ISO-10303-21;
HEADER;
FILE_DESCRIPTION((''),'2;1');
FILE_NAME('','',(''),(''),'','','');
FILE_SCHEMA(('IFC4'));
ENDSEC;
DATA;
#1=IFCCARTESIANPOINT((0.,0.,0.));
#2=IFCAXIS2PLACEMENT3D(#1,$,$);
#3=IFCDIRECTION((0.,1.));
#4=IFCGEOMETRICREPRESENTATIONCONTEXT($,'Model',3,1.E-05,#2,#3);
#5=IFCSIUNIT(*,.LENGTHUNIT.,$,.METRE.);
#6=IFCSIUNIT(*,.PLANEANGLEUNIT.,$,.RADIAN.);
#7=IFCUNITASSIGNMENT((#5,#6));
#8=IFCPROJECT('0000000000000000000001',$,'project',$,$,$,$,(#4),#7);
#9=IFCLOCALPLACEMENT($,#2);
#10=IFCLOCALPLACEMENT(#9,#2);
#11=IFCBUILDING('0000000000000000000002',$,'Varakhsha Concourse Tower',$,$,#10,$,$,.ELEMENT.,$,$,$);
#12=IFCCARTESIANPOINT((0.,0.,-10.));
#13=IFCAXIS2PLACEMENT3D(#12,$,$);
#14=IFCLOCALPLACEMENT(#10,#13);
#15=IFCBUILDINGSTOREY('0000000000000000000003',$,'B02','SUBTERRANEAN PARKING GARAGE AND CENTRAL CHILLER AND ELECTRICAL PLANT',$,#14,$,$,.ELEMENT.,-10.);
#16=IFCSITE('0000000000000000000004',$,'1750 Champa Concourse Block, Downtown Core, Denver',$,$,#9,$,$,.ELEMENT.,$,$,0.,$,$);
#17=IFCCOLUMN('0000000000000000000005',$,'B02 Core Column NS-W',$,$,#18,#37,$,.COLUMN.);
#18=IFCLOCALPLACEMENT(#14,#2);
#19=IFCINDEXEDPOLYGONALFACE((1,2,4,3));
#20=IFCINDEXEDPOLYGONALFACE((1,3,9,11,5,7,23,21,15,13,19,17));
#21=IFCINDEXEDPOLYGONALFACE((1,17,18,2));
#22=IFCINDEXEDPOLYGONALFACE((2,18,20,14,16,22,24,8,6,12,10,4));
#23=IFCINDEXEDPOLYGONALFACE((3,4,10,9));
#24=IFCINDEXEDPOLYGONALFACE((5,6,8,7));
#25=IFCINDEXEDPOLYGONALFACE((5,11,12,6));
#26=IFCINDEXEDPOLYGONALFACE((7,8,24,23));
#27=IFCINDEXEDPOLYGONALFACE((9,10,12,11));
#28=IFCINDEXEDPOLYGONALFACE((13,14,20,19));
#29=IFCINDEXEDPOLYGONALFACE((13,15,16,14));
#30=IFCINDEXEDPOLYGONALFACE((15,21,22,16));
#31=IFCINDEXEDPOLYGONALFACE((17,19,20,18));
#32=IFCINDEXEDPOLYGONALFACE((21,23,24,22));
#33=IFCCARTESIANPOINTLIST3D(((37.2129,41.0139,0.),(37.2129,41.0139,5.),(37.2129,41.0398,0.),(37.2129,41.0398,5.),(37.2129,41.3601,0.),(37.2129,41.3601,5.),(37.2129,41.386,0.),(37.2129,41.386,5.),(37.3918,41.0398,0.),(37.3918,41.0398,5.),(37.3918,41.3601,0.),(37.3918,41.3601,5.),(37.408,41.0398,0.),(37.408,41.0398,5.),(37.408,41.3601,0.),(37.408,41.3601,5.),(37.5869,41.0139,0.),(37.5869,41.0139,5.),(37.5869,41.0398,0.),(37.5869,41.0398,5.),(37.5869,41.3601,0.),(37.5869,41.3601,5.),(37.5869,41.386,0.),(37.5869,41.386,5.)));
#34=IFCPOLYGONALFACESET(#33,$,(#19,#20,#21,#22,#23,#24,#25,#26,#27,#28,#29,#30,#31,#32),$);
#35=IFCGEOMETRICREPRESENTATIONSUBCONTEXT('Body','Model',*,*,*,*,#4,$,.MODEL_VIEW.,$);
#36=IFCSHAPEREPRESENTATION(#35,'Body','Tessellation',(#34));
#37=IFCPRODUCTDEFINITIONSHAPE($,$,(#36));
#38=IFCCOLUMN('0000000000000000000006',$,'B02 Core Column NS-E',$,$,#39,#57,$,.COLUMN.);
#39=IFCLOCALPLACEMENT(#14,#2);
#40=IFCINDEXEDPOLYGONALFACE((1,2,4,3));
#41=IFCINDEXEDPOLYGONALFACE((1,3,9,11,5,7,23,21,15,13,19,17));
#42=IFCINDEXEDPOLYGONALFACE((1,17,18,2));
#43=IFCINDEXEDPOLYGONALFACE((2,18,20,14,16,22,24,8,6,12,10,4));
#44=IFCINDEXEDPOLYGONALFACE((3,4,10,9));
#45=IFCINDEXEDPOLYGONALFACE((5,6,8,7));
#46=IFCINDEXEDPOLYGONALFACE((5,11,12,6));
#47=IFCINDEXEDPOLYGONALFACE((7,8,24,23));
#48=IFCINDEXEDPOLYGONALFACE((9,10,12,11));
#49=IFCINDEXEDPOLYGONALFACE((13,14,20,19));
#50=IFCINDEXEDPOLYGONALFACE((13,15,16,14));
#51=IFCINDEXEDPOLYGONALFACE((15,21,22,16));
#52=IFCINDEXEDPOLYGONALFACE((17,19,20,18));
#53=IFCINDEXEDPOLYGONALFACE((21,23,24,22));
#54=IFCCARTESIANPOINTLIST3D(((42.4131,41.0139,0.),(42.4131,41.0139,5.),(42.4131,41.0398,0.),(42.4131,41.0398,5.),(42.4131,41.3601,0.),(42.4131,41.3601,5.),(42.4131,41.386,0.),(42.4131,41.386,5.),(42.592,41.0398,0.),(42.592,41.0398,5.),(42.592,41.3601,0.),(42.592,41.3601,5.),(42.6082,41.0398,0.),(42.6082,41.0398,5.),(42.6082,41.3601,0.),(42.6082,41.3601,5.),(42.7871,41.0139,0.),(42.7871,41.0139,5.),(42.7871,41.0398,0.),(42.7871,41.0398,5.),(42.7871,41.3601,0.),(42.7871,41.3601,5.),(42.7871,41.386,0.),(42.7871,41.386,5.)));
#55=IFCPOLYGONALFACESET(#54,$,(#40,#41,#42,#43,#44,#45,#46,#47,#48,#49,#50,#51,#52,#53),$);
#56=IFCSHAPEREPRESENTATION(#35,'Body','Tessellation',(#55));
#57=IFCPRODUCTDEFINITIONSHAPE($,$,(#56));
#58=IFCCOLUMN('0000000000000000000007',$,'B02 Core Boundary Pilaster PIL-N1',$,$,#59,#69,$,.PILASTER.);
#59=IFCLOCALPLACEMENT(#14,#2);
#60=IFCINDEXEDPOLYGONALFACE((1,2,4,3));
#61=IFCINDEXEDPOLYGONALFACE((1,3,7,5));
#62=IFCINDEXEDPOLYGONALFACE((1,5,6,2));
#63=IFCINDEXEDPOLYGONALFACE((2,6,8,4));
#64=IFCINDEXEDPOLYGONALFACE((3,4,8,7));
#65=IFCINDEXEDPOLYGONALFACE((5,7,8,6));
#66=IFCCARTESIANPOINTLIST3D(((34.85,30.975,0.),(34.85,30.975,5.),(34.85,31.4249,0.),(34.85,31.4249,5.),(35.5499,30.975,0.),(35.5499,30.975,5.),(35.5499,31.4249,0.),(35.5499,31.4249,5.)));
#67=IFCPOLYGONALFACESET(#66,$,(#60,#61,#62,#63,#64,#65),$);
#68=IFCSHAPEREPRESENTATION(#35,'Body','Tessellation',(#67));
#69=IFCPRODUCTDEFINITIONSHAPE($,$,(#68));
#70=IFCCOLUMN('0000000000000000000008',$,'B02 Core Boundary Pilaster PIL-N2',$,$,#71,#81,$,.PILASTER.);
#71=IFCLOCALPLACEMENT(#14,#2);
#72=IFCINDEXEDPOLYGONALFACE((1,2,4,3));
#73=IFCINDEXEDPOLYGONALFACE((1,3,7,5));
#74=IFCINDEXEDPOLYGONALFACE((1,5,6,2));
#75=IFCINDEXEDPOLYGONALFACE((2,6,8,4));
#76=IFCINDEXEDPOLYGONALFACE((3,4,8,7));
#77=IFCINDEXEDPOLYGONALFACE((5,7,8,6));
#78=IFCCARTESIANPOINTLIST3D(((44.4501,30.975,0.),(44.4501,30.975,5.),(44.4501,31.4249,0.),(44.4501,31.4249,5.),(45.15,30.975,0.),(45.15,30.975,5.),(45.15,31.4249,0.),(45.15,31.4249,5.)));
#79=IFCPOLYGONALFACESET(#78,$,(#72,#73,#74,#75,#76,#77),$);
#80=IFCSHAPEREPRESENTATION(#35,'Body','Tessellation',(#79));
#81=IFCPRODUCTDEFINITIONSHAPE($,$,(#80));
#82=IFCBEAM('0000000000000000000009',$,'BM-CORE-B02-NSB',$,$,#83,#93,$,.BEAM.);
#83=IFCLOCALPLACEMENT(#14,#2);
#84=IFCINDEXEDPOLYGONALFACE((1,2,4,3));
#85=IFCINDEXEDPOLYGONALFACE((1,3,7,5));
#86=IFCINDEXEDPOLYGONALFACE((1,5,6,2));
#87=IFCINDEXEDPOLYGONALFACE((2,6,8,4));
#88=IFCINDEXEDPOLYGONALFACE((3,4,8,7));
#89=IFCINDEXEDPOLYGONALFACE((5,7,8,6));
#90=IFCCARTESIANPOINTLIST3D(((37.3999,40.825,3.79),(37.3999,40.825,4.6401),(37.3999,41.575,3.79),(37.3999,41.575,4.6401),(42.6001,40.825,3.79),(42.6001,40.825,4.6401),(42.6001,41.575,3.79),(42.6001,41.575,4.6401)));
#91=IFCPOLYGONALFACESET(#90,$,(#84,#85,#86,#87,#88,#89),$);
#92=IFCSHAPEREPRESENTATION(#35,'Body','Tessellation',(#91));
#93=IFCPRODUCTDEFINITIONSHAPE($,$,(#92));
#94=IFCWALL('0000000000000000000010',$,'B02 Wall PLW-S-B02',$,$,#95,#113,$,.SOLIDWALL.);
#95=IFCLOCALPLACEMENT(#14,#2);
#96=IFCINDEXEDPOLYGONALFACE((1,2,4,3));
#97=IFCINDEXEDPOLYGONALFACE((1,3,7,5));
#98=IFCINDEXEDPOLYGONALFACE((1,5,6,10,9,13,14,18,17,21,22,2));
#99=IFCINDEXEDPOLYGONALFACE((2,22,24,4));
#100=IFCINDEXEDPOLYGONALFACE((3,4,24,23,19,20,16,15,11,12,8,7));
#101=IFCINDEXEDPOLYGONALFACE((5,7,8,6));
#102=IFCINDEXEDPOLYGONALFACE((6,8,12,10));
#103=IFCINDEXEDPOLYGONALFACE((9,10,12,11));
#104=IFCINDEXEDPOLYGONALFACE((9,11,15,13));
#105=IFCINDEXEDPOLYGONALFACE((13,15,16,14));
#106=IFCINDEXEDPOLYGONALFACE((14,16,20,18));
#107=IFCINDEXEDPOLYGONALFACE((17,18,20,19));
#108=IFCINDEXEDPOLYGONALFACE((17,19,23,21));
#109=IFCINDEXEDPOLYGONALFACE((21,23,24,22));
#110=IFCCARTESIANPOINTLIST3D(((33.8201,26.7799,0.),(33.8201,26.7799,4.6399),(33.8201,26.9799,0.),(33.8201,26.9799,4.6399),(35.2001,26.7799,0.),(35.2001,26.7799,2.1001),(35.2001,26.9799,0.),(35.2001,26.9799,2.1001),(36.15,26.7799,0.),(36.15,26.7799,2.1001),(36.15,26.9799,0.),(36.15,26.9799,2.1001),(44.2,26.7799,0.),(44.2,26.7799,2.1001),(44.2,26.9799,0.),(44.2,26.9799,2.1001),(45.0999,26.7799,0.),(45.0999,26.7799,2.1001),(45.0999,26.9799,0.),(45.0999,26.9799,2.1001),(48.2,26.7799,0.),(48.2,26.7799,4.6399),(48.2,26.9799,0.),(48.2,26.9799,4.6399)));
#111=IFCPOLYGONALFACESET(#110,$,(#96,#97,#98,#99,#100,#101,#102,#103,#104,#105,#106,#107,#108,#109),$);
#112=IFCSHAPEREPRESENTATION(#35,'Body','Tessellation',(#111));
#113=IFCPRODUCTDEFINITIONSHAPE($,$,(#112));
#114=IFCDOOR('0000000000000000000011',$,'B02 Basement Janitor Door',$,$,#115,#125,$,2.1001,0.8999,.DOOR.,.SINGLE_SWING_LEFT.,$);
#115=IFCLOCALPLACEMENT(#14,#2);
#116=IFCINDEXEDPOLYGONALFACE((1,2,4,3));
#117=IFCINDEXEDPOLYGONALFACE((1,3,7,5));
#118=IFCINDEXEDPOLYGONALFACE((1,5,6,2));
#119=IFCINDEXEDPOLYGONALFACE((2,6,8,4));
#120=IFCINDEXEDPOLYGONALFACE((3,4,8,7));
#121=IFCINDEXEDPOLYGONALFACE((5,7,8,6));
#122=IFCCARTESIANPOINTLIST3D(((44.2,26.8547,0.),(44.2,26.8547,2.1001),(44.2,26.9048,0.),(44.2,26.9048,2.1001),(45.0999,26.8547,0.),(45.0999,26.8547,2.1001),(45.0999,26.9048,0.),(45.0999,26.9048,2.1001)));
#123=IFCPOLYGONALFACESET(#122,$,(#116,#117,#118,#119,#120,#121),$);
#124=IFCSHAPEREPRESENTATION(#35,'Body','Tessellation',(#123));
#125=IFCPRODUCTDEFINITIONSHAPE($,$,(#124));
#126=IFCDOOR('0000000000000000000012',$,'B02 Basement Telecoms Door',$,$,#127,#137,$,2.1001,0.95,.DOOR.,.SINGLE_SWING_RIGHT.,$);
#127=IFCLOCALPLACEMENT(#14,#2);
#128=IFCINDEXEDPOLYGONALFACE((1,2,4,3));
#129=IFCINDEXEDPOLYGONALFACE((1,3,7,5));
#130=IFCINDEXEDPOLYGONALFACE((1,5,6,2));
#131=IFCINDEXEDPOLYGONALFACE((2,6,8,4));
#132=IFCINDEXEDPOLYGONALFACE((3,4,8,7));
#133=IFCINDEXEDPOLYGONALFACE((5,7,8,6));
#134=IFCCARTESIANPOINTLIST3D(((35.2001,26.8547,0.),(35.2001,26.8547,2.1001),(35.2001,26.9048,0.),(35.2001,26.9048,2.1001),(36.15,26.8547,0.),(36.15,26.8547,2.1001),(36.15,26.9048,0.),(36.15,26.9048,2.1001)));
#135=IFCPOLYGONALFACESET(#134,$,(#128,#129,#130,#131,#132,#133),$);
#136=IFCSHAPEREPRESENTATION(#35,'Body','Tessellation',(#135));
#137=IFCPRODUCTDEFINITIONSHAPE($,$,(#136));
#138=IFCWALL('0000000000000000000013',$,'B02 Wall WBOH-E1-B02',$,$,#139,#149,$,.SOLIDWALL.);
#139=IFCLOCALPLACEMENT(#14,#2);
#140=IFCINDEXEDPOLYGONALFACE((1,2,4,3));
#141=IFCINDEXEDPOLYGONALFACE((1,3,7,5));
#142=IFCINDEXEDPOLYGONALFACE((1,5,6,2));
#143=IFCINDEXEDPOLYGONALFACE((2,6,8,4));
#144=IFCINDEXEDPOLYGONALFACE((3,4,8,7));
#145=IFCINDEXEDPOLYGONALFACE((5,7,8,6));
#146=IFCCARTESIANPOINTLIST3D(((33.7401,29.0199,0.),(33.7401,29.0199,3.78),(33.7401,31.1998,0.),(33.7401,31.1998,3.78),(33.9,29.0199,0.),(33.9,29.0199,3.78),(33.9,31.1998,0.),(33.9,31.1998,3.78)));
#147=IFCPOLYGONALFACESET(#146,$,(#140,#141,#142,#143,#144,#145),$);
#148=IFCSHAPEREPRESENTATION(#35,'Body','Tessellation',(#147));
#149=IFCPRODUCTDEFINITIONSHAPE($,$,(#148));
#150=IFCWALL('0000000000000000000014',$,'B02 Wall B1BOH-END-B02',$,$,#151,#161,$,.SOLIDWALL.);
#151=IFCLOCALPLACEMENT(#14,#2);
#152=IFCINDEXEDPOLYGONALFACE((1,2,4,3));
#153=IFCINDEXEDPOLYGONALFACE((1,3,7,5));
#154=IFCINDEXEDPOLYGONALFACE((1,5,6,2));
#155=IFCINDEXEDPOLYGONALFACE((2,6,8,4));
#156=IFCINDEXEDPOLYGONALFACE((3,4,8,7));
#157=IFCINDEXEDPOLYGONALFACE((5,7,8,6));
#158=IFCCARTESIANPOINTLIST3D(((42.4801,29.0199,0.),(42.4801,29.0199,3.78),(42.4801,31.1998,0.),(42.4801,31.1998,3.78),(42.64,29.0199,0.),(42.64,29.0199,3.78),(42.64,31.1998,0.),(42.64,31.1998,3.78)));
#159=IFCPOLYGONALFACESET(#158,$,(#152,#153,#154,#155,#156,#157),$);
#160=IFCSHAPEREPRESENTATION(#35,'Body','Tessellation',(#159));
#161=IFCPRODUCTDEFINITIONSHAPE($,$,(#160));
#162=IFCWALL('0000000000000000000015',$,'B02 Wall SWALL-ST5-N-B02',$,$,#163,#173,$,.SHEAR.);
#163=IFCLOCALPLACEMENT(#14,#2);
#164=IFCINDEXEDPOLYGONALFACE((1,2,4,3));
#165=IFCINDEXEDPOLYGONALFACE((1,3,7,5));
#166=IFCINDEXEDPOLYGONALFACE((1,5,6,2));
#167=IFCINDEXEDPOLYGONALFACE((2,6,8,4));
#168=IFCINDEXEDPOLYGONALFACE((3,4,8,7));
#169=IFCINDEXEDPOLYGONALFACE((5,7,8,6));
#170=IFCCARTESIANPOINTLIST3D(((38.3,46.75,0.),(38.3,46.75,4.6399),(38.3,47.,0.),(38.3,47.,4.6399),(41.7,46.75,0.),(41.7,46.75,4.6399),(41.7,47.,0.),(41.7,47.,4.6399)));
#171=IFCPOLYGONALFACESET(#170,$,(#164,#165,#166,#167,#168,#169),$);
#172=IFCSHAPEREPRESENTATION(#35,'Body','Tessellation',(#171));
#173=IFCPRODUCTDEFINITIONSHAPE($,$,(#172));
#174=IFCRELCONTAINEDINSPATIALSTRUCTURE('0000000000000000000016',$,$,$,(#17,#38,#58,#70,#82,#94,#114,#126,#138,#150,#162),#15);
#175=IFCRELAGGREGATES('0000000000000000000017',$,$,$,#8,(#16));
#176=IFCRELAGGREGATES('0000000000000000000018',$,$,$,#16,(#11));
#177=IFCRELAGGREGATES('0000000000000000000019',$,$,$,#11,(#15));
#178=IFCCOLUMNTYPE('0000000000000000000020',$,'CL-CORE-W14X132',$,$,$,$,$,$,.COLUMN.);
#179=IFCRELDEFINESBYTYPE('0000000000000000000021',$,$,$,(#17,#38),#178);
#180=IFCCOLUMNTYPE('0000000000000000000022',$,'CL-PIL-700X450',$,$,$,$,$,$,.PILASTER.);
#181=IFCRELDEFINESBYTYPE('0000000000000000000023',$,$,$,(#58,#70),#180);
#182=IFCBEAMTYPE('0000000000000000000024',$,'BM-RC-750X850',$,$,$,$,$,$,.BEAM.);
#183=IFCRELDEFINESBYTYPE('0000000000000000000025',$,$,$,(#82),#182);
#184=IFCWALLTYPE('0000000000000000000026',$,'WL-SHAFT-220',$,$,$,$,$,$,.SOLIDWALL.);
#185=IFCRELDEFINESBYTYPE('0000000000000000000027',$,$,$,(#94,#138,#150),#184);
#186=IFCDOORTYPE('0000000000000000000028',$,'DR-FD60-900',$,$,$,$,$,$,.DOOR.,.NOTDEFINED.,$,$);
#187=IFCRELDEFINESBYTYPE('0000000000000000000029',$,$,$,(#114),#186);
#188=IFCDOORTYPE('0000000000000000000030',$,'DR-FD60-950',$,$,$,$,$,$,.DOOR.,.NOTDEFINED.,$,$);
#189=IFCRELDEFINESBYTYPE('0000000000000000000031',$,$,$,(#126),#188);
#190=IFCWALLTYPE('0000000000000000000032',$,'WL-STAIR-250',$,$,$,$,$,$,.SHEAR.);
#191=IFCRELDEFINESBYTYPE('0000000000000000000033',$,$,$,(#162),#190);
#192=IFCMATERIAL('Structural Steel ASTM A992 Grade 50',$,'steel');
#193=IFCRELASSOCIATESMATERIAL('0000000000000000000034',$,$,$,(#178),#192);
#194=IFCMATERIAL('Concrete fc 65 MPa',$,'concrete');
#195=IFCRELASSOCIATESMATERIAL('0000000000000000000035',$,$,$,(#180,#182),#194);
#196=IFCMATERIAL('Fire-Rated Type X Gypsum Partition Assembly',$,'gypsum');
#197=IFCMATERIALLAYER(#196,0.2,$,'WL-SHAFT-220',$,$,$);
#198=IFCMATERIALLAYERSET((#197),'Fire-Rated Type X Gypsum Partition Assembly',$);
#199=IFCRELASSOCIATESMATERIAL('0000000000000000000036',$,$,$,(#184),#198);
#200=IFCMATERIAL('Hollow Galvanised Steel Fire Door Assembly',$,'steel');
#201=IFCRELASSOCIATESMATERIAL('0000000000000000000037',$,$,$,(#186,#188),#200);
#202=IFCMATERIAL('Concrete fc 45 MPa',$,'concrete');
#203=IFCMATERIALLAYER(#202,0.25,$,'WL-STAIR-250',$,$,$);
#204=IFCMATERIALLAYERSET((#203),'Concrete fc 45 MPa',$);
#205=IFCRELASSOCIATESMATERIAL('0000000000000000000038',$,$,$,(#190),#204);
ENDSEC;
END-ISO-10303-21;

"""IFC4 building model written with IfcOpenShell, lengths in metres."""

from ifc_helpers import new_model, si_unit, direction, frame, frame_2d, origin, origin_2d, place, context, subcontext, project, spatial, rectangle, i_section, extrude, material, layer, layer_set, material_profile, profile_set, type_object, element, fill, save


model = new_model("IFC4")

# Units and contexts
model_context = context("Model", 3, precision=1e-05, world=origin(), true_north=direction((0.0, 1.0)))
body_context = subcontext(model_context, "Body", "Model", "MODEL_VIEW")
ifc_project = project(units=[si_unit("LENGTHUNIT", "METRE"), si_unit("PLANEANGLEUNIT", "RADIAN")], contexts=[model_context])

# Site, building, storey
site_placement = place(None, origin())
site = spatial("IfcSite", under=ifc_project, at=site_placement, Name="1750 Champa Concourse Block, Downtown Core, Denver", CompositionType="ELEMENT", RefElevation=0.0)
building_placement = place(site_placement, origin())
building = spatial("IfcBuilding", under=site, at=building_placement, Name="Varakhsha Concourse Tower", CompositionType="ELEMENT")
storey_placement = place(building_placement, frame((0.0, 0.0, -10.0)))
storey = spatial("IfcBuildingStorey", under=building, at=storey_placement, Name="B02", Description="SUBTERRANEAN PARKING GARAGE AND CENTRAL CHILLER AND ELECTRICAL PLANT", CompositionType="ELEMENT", Elevation=-10.0)

# Shared definitions
ifc_material_1 = material(Name="Concrete fc 65 MPa", Category="concrete")

# Columns
ifc_material_2 = material(Name="Structural Steel ASTM A992 Grade 50", Category="steel")
ifc_material_profile_1 = material_profile(ifc_material_2, i_section(OverallWidth=0.374, OverallDepth=0.3721, WebThickness=0.0161, FlangeThickness=0.0259, at=origin_2d()), Name="W14X132")
ifc_profile_set_1 = profile_set([ifc_material_profile_1], Name="Structural Steel ASTM A992 Grade 50")
column_type_1 = type_object("IfcColumnType", Name="CL-CORE-W14X132", PredefinedType="COLUMN", material=ifc_profile_set_1)
for number, where, z_axis, x_axis, name in (
    (1, (37.3999, 41.2, 0.0), (0.0, 0.0, 1.0), (1.0, 0.0, 0.0), "B02 Core Column NS-W"),
    (2, (42.6001, 41.2, 0.0), (0.0, 0.0, 1.0), (1.0, 0.0, 0.0), "B02 Core Column NS-E"),
):
    element("IfcColumn", number, at=place(storey_placement, frame(where, z_axis=z_axis, x_axis=x_axis)), inside=storey, type_object=column_type_1, Name=name, PredefinedType="COLUMN", context=body_context, shape_type="SweptSolid", body=[
        extrude(i_section(OverallWidth=0.374, OverallDepth=0.3721, WebThickness=0.0161, FlangeThickness=0.0259, at=origin_2d()), origin(), (0.0, 0.0, 1.0), 5.0),
    ])
ifc_material_profile_2 = material_profile(ifc_material_1, rectangle(XDim=0.7, YDim=0.45, at=origin_2d()), Name="RC 700x450")
ifc_profile_set_2 = profile_set([ifc_material_profile_2], Name="Concrete fc 65 MPa")
column_type_2 = type_object("IfcColumnType", Name="CL-PIL-700X450", PredefinedType="PILASTER", material=ifc_profile_set_2)
for number, where, z_axis, x_axis, name in (
    (3, (35.2, 31.2, 0.0), (0.0, 0.0, 1.0), (1.0, 0.0, 0.0), "B02 Core Boundary Pilaster PIL-N1"),
    (4, (44.8, 31.2, 0.0), (0.0, 0.0, 1.0), (1.0, 0.0, 0.0), "B02 Core Boundary Pilaster PIL-N2"),
):
    element("IfcColumn", number, at=place(storey_placement, frame(where, z_axis=z_axis, x_axis=x_axis)), inside=storey, type_object=column_type_2, Name=name, PredefinedType="PILASTER", context=body_context, shape_type="SweptSolid", body=[
        extrude(rectangle(XDim=0.7, YDim=0.45, at=origin_2d()), origin(), (0.0, 0.0, 1.0), 5.0),
    ])

# Beam
ifc_material_profile_3 = material_profile(ifc_material_1, rectangle(XDim=0.75, YDim=0.8501, at=origin_2d()), Name="RC 750x850")
ifc_profile_set_3 = profile_set([ifc_material_profile_3], Name="Concrete fc 65 MPa")
beam_type = type_object("IfcBeamType", Name="BM-RC-750X850", PredefinedType="BEAM", material=ifc_profile_set_3)
beam_placement = place(storey_placement, frame((37.3999, 41.2, 4.2151), z_axis=(1.0, 0.0, 0.0), x_axis=(0.0, 1.0, 0.0)))
element("IfcBeam", 5, at=beam_placement, inside=storey, type_object=beam_type, Name="BM-CORE-B02-NSB", PredefinedType="BEAM", context=body_context, shape_type="SweptSolid", body=[
    extrude(rectangle(XDim=0.75, YDim=0.8501, at=origin_2d()), origin(), (0.0, 0.0, 1.0), 5.2002),
])

# Wall, openings, doors
ifc_material_3 = material(Name="Fire-Rated Type X Gypsum Partition Assembly", Category="gypsum")
ifc_layer_1 = layer(ifc_material_3, 0.2, Name="WL-SHAFT-220")
ifc_layer_set_1 = layer_set([ifc_layer_1], Name="Fire-Rated Type X Gypsum Partition Assembly")
wall_type_1 = type_object("IfcWallType", Name="WL-SHAFT-220", PredefinedType="SOLIDWALL", material=ifc_layer_set_1)
wall_1_placement = place(storey_placement, frame((33.8201, 26.8799, 0.0), z_axis=(0.0, 0.0, 1.0), x_axis=(1.0, 0.0, 0.0)))
wall_1 = element("IfcWall", 6, at=wall_1_placement, inside=storey, type_object=wall_type_1, Name="B02 Wall PLW-S-B02", PredefinedType="SOLIDWALL", context=body_context, shape_type="SweptSolid", body=[
    extrude(rectangle(XDim=14.3799, YDim=0.2, at=frame_2d((7.1899, 0.0))), origin(), (0.0, 0.0, 1.0), 4.6399),
])
opening_1_placement = place(wall_1_placement, frame((1.3799, 0.0, 0.0)))
opening_1 = element("IfcOpeningElement", 7, at=opening_1_placement, cuts=wall_1, PredefinedType="OPENING", context=body_context, shape_type="SweptSolid", body=[
    extrude(rectangle(XDim=0.95, YDim=2.1001, at=frame_2d((0.4751, 1.05))), frame((0.0, 0.1099, 0.0), z_axis=(0.0, -1.0, 0.0), x_axis=(1.0, 0.0, 0.0)), (0.0, 0.0, 1.0), 0.22),
])
opening_2_placement = place(wall_1_placement, frame((10.3799, 0.0, 0.0)))
opening_2 = element("IfcOpeningElement", 8, at=opening_2_placement, cuts=wall_1, PredefinedType="OPENING", context=body_context, shape_type="SweptSolid", body=[
    extrude(rectangle(XDim=0.8999, YDim=2.1001, at=frame_2d((0.45, 1.05))), frame((0.0, 0.1099, 0.0), z_axis=(0.0, -1.0, 0.0), x_axis=(1.0, 0.0, 0.0)), (0.0, 0.0, 1.0), 0.22),
])
ifc_material_4 = material(Name="Hollow Galvanised Steel Fire Door Assembly", Category="steel")
door_type_1 = type_object("IfcDoorType", Name="DR-FD60-900", OperationType="NOTDEFINED", PredefinedType="DOOR", material=ifc_material_4)
door_1_placement = place(opening_2_placement, origin())
door_1 = element("IfcDoor", 9, at=door_1_placement, inside=storey, type_object=door_type_1, Name="B02 Basement Janitor Door", OperationType="SINGLE_SWING_LEFT", OverallHeight=2.1001, OverallWidth=0.8999, PredefinedType="DOOR", context=body_context, shape_type="SweptSolid", body=[
    extrude(rectangle(XDim=0.8999, YDim=2.1001, at=frame_2d((0.45, 1.05))), frame((0.0, 0.0249, 0.0), z_axis=(0.0, -1.0, 0.0), x_axis=(1.0, 0.0, 0.0)), (0.0, 0.0, 1.0), 0.05),
])
fill(opening_2, door_1)
door_type_2 = type_object("IfcDoorType", Name="DR-FD60-950", OperationType="NOTDEFINED", PredefinedType="DOOR", material=ifc_material_4)
door_2_placement = place(opening_1_placement, origin())
door_2 = element("IfcDoor", 10, at=door_2_placement, inside=storey, type_object=door_type_2, Name="B02 Basement Telecoms Door", OperationType="SINGLE_SWING_RIGHT", OverallHeight=2.1001, OverallWidth=0.95, PredefinedType="DOOR", context=body_context, shape_type="SweptSolid", body=[
    extrude(rectangle(XDim=0.95, YDim=2.1001, at=frame_2d((0.4751, 1.05))), frame((0.0, 0.0249, 0.0), z_axis=(0.0, -1.0, 0.0), x_axis=(1.0, 0.0, 0.0)), (0.0, 0.0, 1.0), 0.05),
])
fill(opening_1, door_2)

# Walls
for number, where, z_axis, x_axis, name in (
    (11, (33.8201, 29.02, 0.0), (0.0, 0.0, 1.0), (0.0, 1.0, 0.0), "B02 Wall WBOH-E1-B02"),
    (12, (42.5601, 29.02, 0.0), (0.0, 0.0, 1.0), (0.0, 1.0, 0.0), "B02 Wall B1BOH-END-B02"),
):
    element("IfcWall", number, at=place(storey_placement, frame(where, z_axis=z_axis, x_axis=x_axis)), inside=storey, type_object=wall_type_1, Name=name, PredefinedType="SOLIDWALL", context=body_context, shape_type="SweptSolid", body=[
        extrude(rectangle(XDim=2.1799, YDim=0.1599, at=frame_2d((1.0898, 0.0))), origin(), (0.0, 0.0, 1.0), 3.78),
    ])
ifc_material_5 = material(Name="Concrete fc 45 MPa", Category="concrete")
ifc_layer_2 = layer(ifc_material_5, 0.25, Name="WL-STAIR-250")
ifc_layer_set_2 = layer_set([ifc_layer_2], Name="Concrete fc 45 MPa")
wall_type_2 = type_object("IfcWallType", Name="WL-STAIR-250", PredefinedType="SHEAR", material=ifc_layer_set_2)
wall_2_placement = place(storey_placement, frame((38.3, 46.875, 0.0), z_axis=(0.0, 0.0, 1.0), x_axis=(1.0, 0.0, 0.0)))
element("IfcWall", 13, at=wall_2_placement, inside=storey, type_object=wall_type_2, Name="B02 Wall SWALL-ST5-N-B02", PredefinedType="SHEAR", context=body_context, shape_type="SweptSolid", body=[
    extrude(rectangle(XDim=3.3999, YDim=0.25, at=frame_2d((1.7, 0.0))), origin(), (0.0, 0.0, 1.0), 4.6399),
])

save(model, "model.ifc")
